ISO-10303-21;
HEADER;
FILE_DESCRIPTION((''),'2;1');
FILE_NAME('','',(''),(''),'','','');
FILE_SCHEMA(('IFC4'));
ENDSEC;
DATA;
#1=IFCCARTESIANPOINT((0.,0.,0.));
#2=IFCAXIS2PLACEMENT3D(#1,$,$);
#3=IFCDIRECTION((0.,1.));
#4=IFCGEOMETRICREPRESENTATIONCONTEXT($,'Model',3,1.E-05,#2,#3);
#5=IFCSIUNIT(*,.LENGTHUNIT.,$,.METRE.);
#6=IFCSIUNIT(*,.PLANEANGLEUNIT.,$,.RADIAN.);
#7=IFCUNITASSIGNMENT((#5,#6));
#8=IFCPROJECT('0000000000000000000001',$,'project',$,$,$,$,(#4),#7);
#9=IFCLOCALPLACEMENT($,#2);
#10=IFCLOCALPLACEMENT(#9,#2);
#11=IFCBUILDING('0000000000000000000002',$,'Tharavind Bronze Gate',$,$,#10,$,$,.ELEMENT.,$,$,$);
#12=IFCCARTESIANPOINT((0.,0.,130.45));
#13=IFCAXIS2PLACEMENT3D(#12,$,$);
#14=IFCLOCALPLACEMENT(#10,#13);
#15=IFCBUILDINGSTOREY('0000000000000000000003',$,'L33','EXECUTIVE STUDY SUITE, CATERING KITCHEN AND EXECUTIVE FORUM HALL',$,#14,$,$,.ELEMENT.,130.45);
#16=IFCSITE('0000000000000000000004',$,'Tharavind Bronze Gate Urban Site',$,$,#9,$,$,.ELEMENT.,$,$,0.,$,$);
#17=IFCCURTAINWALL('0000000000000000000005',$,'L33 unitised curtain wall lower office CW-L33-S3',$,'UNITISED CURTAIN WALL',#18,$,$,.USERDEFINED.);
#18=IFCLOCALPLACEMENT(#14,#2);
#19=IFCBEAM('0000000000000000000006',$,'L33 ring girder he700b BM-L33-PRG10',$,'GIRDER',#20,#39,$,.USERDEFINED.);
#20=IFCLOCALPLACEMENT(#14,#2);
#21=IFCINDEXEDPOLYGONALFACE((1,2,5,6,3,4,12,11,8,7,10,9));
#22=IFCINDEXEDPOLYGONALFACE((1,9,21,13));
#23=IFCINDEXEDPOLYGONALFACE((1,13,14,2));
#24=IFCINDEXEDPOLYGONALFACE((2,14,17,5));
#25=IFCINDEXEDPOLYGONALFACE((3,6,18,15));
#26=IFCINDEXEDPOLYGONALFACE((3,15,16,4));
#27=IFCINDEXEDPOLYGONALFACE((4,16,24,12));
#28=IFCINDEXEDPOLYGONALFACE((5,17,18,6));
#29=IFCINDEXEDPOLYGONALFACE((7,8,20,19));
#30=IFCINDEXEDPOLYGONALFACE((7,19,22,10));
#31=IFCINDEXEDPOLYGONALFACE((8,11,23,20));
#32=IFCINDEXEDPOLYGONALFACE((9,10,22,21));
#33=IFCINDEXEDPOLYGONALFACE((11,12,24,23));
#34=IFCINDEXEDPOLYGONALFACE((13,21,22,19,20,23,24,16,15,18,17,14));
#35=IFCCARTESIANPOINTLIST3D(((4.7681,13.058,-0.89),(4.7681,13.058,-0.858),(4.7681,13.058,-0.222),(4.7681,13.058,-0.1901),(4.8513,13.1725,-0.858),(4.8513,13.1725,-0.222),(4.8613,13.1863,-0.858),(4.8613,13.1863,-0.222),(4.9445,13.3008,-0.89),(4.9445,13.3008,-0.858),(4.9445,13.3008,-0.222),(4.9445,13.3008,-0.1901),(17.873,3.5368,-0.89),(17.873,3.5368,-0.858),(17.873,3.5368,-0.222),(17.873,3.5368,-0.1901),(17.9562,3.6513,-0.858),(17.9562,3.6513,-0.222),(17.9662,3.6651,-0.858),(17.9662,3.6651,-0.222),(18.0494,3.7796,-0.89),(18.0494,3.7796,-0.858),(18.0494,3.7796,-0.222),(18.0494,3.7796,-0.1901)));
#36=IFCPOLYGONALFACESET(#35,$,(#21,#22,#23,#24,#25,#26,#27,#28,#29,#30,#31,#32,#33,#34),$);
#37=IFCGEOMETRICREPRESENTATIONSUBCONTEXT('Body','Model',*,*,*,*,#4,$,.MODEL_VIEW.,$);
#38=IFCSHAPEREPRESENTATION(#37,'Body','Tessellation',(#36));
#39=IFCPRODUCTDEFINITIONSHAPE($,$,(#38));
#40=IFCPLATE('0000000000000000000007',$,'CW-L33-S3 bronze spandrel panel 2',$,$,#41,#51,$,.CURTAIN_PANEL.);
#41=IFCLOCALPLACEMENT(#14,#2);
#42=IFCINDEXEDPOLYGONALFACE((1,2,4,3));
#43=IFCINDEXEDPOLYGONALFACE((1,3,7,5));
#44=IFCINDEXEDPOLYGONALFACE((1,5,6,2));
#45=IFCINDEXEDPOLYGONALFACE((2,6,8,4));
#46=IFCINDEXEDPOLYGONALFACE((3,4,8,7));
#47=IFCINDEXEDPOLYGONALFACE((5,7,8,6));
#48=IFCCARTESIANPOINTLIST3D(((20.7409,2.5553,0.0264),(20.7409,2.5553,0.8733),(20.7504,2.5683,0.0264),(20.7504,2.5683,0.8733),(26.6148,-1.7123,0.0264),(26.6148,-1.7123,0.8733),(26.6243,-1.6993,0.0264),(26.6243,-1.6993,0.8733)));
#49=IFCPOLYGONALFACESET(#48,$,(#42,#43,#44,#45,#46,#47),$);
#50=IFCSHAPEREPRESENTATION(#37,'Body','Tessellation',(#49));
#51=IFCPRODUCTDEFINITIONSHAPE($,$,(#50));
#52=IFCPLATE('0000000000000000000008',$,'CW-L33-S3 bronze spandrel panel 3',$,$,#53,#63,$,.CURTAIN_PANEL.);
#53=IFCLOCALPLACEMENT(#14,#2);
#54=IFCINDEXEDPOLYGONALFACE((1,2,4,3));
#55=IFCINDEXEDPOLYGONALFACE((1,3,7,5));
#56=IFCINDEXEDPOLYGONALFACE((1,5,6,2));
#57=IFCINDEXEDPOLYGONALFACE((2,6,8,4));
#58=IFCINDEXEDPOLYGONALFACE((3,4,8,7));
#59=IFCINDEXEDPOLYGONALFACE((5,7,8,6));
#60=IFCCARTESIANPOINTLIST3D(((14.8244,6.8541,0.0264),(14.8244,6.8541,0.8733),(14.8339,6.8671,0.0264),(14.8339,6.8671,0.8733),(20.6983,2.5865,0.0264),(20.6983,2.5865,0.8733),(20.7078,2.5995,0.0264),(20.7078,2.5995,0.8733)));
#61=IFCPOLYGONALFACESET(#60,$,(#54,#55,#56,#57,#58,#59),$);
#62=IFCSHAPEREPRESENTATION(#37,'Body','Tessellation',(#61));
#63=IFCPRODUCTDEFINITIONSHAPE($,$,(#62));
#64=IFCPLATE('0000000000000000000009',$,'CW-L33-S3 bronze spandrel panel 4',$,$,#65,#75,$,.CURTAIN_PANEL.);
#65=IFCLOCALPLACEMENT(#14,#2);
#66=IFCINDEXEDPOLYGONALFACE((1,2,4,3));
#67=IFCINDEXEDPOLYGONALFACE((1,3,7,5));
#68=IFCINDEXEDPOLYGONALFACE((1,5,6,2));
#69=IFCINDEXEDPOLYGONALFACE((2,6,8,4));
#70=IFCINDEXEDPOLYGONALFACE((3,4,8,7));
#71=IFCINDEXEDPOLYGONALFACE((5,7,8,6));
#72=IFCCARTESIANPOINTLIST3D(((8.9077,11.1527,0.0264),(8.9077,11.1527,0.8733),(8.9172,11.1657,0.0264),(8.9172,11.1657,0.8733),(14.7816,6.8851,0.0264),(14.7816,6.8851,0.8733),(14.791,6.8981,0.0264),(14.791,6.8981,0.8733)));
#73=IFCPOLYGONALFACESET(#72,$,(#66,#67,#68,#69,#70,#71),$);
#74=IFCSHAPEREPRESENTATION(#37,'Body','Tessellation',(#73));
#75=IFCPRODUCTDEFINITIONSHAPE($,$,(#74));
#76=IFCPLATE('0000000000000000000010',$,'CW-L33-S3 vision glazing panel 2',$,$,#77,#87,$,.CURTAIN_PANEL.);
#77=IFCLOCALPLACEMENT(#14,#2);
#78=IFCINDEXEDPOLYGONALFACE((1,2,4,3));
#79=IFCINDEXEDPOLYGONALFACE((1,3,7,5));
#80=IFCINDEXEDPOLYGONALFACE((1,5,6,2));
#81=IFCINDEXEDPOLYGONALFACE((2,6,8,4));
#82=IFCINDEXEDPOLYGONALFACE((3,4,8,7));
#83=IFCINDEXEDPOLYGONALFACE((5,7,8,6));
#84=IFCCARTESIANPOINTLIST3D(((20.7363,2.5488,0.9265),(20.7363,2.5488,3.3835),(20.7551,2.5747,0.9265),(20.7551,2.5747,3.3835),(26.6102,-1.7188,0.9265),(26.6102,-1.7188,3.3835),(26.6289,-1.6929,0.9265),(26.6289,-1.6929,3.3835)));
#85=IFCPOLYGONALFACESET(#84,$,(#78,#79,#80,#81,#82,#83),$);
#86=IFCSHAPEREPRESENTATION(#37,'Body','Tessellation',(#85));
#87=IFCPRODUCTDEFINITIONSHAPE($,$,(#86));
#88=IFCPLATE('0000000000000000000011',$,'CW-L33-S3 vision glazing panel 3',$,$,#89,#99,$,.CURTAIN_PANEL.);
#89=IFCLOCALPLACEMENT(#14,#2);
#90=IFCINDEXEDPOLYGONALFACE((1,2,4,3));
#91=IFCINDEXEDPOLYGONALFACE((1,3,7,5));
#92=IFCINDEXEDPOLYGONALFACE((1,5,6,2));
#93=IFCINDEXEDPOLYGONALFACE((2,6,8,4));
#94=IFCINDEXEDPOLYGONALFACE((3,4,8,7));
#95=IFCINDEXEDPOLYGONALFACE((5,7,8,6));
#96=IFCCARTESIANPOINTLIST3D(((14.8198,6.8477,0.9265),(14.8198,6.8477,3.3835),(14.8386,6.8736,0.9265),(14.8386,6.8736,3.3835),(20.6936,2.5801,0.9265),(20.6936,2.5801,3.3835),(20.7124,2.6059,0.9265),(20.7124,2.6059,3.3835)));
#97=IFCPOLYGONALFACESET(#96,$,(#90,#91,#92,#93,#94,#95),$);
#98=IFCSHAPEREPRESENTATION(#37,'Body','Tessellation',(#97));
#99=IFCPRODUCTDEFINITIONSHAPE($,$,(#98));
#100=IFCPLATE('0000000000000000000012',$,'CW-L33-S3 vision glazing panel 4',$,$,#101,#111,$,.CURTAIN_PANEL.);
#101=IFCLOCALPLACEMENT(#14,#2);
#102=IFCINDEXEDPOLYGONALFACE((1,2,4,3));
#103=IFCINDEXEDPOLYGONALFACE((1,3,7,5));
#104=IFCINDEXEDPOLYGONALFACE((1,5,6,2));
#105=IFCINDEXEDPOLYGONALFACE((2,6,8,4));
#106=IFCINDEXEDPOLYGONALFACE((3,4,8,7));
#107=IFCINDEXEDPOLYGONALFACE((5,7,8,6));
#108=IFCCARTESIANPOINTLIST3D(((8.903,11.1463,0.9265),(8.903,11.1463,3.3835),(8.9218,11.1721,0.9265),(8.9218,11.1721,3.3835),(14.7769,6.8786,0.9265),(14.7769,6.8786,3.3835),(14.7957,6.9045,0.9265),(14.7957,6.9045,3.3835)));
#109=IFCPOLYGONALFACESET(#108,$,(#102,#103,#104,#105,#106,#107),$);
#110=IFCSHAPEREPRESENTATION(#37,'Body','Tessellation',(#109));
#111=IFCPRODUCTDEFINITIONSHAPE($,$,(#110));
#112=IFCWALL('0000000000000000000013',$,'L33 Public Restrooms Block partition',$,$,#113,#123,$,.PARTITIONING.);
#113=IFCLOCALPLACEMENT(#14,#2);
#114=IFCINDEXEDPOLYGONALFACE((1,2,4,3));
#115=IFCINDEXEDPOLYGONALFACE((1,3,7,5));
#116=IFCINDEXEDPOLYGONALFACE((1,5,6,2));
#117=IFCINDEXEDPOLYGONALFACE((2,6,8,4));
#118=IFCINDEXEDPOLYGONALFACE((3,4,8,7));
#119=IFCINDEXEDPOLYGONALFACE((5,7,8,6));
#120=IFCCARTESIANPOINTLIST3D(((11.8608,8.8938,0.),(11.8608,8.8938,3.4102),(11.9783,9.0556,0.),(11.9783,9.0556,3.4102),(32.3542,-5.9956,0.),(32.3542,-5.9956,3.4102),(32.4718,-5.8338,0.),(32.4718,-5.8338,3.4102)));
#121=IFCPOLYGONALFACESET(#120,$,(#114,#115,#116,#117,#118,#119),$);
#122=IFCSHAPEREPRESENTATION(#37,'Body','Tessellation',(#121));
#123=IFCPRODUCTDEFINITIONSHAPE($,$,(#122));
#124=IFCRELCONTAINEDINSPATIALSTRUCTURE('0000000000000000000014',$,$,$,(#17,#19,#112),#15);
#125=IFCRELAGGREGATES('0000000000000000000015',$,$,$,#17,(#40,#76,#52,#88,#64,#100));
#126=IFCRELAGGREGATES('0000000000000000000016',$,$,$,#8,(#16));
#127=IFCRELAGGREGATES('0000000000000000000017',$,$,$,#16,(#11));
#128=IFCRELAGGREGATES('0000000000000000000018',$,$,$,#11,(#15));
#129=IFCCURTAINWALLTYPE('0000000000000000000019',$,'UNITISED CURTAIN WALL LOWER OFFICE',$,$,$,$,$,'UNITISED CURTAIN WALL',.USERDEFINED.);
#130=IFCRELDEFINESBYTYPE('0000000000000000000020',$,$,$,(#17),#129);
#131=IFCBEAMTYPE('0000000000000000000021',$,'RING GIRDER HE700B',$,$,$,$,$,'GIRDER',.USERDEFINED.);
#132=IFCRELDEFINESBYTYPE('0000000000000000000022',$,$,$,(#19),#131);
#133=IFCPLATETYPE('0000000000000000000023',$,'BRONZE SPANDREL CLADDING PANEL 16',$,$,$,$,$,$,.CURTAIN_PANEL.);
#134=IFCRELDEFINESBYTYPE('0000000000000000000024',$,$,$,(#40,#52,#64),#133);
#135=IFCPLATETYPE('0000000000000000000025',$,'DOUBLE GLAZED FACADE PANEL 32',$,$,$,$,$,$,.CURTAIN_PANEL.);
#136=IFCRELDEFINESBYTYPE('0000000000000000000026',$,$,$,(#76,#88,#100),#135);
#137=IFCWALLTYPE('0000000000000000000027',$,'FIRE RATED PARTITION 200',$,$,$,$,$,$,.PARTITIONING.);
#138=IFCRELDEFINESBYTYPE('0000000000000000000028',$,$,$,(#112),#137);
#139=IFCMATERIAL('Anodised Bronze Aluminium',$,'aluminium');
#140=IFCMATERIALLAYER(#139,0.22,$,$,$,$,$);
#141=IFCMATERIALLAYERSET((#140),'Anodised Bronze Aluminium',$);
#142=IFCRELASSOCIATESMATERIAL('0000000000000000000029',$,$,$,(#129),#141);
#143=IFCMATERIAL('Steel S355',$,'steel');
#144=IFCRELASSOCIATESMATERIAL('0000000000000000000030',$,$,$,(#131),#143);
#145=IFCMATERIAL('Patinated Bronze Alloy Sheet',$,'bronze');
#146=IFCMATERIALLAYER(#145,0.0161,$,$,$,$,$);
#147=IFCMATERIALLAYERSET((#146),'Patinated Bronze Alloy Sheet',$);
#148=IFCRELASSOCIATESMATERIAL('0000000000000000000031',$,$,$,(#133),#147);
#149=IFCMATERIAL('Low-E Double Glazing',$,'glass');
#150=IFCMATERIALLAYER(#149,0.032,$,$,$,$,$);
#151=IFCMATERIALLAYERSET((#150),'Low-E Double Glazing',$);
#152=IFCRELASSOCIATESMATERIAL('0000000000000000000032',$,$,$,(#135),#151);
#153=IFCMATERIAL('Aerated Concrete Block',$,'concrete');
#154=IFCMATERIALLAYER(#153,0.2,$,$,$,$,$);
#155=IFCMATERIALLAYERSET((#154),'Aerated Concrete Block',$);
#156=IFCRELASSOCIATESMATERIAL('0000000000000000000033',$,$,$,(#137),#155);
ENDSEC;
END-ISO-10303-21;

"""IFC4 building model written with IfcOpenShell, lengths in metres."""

from ifc_helpers import new_model, si_unit, direction, frame, frame_2d, origin, origin_2d, place, context, subcontext, project, spatial, rectangle, i_section, extrude, material, layer, layer_set, material_profile, profile_set, type_object, element, aggregate, save


model = new_model("IFC4")

# Units and contexts
model_context = context("Model", 3, precision=1e-05, world=origin(), true_north=direction((0.0, 1.0)))
body_context = subcontext(model_context, "Body", "Model", "MODEL_VIEW")
ifc_project = project(units=[si_unit("LENGTHUNIT", "METRE"), si_unit("PLANEANGLEUNIT", "RADIAN")], contexts=[model_context])

# Site, building, storey
site_placement = place(None, origin())
site = spatial("IfcSite", under=ifc_project, at=site_placement, Name="Tharavind Bronze Gate Urban Site", CompositionType="ELEMENT", RefElevation=0.0)
building_placement = place(site_placement, origin())
building = spatial("IfcBuilding", under=site, at=building_placement, Name="Tharavind Bronze Gate", CompositionType="ELEMENT")
storey_placement = place(building_placement, frame((0.0, 0.0, 130.45)))
storey = spatial("IfcBuildingStorey", under=building, at=storey_placement, Name="L33", Description="EXECUTIVE STUDY SUITE, CATERING KITCHEN AND EXECUTIVE FORUM HALL", CompositionType="ELEMENT", Elevation=130.45)

# Curtain wall
ifc_material_1 = material(Name="Anodised Bronze Aluminium", Category="aluminium")
ifc_layer_1 = layer(ifc_material_1, 0.22)
ifc_layer_set_1 = layer_set([ifc_layer_1], Name="Anodised Bronze Aluminium")
curtain_wall_type = type_object("IfcCurtainWallType", Name="UNITISED CURTAIN WALL LOWER OFFICE", ElementType="UNITISED CURTAIN WALL", PredefinedType="USERDEFINED", material=ifc_layer_set_1)
curtain_wall_placement = place(storey_placement, origin())
curtain_wall = element("IfcCurtainWall", 1, at=curtain_wall_placement, inside=storey, type_object=curtain_wall_type, Name="L33 unitised curtain wall lower office CW-L33-S3", ObjectType="UNITISED CURTAIN WALL", PredefinedType="USERDEFINED")

# Beam
ifc_material_2 = material(Name="Steel S355", Category="steel")
ifc_material_profile_1 = material_profile(ifc_material_2, i_section(OverallWidth=0.3, OverallDepth=0.7, WebThickness=0.0171, FlangeThickness=0.032, at=origin_2d()), Name="HE700B")
ifc_profile_set_1 = profile_set([ifc_material_profile_1], Name="Steel S355")
beam_type_1 = type_object("IfcBeamType", Name="RING GIRDER HE700B", ElementType="GIRDER", PredefinedType="USERDEFINED", material=ifc_profile_set_1)
beam_1_placement = place(storey_placement, frame((17.9612, 3.6582, -0.54), z_axis=(-0.80902, 0.587782, 0.0), x_axis=(-0.587782, -0.80902, 0.0)))
element("IfcBeam", 2, at=beam_1_placement, inside=storey, type_object=beam_type_1, Name="L33 ring girder he700b BM-L33-PRG10", ObjectType="GIRDER", PredefinedType="USERDEFINED", context=body_context, shape_type="SweptSolid", body=[
    extrude(i_section(OverallWidth=0.3, OverallDepth=0.7, WebThickness=0.0171, FlangeThickness=0.032, at=origin_2d()), origin(), (0.0, 0.0, 1.0), 16.1985),
])

# Plates
ifc_material_3 = material(Name="Patinated Bronze Alloy Sheet", Category="bronze")
ifc_layer_2 = layer(ifc_material_3, 0.0161)
ifc_layer_set_2 = layer_set([ifc_layer_2], Name="Patinated Bronze Alloy Sheet")
plate_type_1 = type_object("IfcPlateType", Name="BRONZE SPANDREL CLADDING PANEL 16", PredefinedType="CURTAIN_PANEL", material=ifc_layer_set_2)
plate_1_placement = place(storey_placement, frame((23.6826, 0.428, 0.0264), z_axis=(0.0, 0.0, 1.0), x_axis=(-0.809017, 0.587785, 0.0)))
plate_1 = element("IfcPlate", 3, at=plate_1_placement, type_object=plate_type_1, Name="CW-L33-S3 bronze spandrel panel 2", PredefinedType="CURTAIN_PANEL", context=body_context, shape_type="SweptSolid", body=[
    extrude(rectangle(XDim=7.2605, YDim=0.0161, at=origin_2d()), origin(), (0.0, 0.0, 1.0), 0.8469),
])
plate_2_placement = place(storey_placement, frame((17.7661, 4.7268, 0.0264), z_axis=(0.0, 0.0, 1.0), x_axis=(-0.809017, 0.587785, 0.0)))
plate_2 = element("IfcPlate", 4, at=plate_2_placement, type_object=plate_type_1, Name="CW-L33-S3 bronze spandrel panel 3", PredefinedType="CURTAIN_PANEL", context=body_context, shape_type="SweptSolid", body=[
    extrude(rectangle(XDim=7.2605, YDim=0.0161, at=origin_2d()), origin(), (0.0, 0.0, 1.0), 0.8469),
])
plate_3_placement = place(storey_placement, frame((11.8494, 9.0254, 0.0264), z_axis=(0.0, 0.0, 1.0), x_axis=(-0.809017, 0.587785, 0.0)))
plate_3 = element("IfcPlate", 5, at=plate_3_placement, type_object=plate_type_1, Name="CW-L33-S3 bronze spandrel panel 4", PredefinedType="CURTAIN_PANEL", context=body_context, shape_type="SweptSolid", body=[
    extrude(rectangle(XDim=7.2605, YDim=0.0161, at=origin_2d()), origin(), (0.0, 0.0, 1.0), 0.8469),
])
ifc_material_4 = material(Name="Low-E Double Glazing", Category="glass")
ifc_layer_3 = layer(ifc_material_4, 0.032)
ifc_layer_set_3 = layer_set([ifc_layer_3], Name="Low-E Double Glazing")
plate_type_2 = type_object("IfcPlateType", Name="DOUBLE GLAZED FACADE PANEL 32", PredefinedType="CURTAIN_PANEL", material=ifc_layer_set_3)
plate_4_placement = place(storey_placement, frame((23.6826, 0.428, 0.9265), z_axis=(0.0, 0.0, 1.0), x_axis=(-0.809017, 0.587785, 0.0)))
plate_4 = element("IfcPlate", 6, at=plate_4_placement, type_object=plate_type_2, Name="CW-L33-S3 vision glazing panel 2", PredefinedType="CURTAIN_PANEL", context=body_context, shape_type="SweptSolid", body=[
    extrude(rectangle(XDim=7.2605, YDim=0.032, at=origin_2d()), origin(), (0.0, 0.0, 1.0), 2.457),
])
plate_5_placement = place(storey_placement, frame((17.7661, 4.7268, 0.9265), z_axis=(0.0, 0.0, 1.0), x_axis=(-0.809017, 0.587785, 0.0)))
plate_5 = element("IfcPlate", 7, at=plate_5_placement, type_object=plate_type_2, Name="CW-L33-S3 vision glazing panel 3", PredefinedType="CURTAIN_PANEL", context=body_context, shape_type="SweptSolid", body=[
    extrude(rectangle(XDim=7.2605, YDim=0.032, at=origin_2d()), origin(), (0.0, 0.0, 1.0), 2.457),
])
plate_6_placement = place(storey_placement, frame((11.8494, 9.0254, 0.9265), z_axis=(0.0, 0.0, 1.0), x_axis=(-0.809017, 0.587785, 0.0)))
plate_6 = element("IfcPlate", 8, at=plate_6_placement, type_object=plate_type_2, Name="CW-L33-S3 vision glazing panel 4", PredefinedType="CURTAIN_PANEL", context=body_context, shape_type="SweptSolid", body=[
    extrude(rectangle(XDim=7.2605, YDim=0.032, at=origin_2d()), origin(), (0.0, 0.0, 1.0), 2.457),
])
aggregate(curtain_wall, [plate_1, plate_4, plate_2, plate_5, plate_3, plate_6])

# Wall
ifc_material_5 = material(Name="Aerated Concrete Block", Category="concrete")
ifc_layer_4 = layer(ifc_material_5, 0.2)
ifc_layer_set_4 = layer_set([ifc_layer_4], Name="Aerated Concrete Block")
wall_type = type_object("IfcWallType", Name="FIRE RATED PARTITION 200", PredefinedType="PARTITIONING", material=ifc_layer_set_4)
wall_placement = place(storey_placement, frame((11.9197, 8.9746, 0.0), z_axis=(0.0, 0.0, 1.0), x_axis=(0.809016, -0.587787, 0.0)))
element("IfcWall", 9, at=wall_placement, inside=storey, type_object=wall_type, Name="L33 Public Restrooms Block partition", PredefinedType="PARTITIONING", context=body_context, shape_type="SweptSolid", body=[
    extrude(rectangle(XDim=25.3313, YDim=0.2, at=frame_2d((12.6655, 0.0))), origin(), (0.0, 0.0, 1.0), 3.4102),
])

save(model, "model.ifc")
